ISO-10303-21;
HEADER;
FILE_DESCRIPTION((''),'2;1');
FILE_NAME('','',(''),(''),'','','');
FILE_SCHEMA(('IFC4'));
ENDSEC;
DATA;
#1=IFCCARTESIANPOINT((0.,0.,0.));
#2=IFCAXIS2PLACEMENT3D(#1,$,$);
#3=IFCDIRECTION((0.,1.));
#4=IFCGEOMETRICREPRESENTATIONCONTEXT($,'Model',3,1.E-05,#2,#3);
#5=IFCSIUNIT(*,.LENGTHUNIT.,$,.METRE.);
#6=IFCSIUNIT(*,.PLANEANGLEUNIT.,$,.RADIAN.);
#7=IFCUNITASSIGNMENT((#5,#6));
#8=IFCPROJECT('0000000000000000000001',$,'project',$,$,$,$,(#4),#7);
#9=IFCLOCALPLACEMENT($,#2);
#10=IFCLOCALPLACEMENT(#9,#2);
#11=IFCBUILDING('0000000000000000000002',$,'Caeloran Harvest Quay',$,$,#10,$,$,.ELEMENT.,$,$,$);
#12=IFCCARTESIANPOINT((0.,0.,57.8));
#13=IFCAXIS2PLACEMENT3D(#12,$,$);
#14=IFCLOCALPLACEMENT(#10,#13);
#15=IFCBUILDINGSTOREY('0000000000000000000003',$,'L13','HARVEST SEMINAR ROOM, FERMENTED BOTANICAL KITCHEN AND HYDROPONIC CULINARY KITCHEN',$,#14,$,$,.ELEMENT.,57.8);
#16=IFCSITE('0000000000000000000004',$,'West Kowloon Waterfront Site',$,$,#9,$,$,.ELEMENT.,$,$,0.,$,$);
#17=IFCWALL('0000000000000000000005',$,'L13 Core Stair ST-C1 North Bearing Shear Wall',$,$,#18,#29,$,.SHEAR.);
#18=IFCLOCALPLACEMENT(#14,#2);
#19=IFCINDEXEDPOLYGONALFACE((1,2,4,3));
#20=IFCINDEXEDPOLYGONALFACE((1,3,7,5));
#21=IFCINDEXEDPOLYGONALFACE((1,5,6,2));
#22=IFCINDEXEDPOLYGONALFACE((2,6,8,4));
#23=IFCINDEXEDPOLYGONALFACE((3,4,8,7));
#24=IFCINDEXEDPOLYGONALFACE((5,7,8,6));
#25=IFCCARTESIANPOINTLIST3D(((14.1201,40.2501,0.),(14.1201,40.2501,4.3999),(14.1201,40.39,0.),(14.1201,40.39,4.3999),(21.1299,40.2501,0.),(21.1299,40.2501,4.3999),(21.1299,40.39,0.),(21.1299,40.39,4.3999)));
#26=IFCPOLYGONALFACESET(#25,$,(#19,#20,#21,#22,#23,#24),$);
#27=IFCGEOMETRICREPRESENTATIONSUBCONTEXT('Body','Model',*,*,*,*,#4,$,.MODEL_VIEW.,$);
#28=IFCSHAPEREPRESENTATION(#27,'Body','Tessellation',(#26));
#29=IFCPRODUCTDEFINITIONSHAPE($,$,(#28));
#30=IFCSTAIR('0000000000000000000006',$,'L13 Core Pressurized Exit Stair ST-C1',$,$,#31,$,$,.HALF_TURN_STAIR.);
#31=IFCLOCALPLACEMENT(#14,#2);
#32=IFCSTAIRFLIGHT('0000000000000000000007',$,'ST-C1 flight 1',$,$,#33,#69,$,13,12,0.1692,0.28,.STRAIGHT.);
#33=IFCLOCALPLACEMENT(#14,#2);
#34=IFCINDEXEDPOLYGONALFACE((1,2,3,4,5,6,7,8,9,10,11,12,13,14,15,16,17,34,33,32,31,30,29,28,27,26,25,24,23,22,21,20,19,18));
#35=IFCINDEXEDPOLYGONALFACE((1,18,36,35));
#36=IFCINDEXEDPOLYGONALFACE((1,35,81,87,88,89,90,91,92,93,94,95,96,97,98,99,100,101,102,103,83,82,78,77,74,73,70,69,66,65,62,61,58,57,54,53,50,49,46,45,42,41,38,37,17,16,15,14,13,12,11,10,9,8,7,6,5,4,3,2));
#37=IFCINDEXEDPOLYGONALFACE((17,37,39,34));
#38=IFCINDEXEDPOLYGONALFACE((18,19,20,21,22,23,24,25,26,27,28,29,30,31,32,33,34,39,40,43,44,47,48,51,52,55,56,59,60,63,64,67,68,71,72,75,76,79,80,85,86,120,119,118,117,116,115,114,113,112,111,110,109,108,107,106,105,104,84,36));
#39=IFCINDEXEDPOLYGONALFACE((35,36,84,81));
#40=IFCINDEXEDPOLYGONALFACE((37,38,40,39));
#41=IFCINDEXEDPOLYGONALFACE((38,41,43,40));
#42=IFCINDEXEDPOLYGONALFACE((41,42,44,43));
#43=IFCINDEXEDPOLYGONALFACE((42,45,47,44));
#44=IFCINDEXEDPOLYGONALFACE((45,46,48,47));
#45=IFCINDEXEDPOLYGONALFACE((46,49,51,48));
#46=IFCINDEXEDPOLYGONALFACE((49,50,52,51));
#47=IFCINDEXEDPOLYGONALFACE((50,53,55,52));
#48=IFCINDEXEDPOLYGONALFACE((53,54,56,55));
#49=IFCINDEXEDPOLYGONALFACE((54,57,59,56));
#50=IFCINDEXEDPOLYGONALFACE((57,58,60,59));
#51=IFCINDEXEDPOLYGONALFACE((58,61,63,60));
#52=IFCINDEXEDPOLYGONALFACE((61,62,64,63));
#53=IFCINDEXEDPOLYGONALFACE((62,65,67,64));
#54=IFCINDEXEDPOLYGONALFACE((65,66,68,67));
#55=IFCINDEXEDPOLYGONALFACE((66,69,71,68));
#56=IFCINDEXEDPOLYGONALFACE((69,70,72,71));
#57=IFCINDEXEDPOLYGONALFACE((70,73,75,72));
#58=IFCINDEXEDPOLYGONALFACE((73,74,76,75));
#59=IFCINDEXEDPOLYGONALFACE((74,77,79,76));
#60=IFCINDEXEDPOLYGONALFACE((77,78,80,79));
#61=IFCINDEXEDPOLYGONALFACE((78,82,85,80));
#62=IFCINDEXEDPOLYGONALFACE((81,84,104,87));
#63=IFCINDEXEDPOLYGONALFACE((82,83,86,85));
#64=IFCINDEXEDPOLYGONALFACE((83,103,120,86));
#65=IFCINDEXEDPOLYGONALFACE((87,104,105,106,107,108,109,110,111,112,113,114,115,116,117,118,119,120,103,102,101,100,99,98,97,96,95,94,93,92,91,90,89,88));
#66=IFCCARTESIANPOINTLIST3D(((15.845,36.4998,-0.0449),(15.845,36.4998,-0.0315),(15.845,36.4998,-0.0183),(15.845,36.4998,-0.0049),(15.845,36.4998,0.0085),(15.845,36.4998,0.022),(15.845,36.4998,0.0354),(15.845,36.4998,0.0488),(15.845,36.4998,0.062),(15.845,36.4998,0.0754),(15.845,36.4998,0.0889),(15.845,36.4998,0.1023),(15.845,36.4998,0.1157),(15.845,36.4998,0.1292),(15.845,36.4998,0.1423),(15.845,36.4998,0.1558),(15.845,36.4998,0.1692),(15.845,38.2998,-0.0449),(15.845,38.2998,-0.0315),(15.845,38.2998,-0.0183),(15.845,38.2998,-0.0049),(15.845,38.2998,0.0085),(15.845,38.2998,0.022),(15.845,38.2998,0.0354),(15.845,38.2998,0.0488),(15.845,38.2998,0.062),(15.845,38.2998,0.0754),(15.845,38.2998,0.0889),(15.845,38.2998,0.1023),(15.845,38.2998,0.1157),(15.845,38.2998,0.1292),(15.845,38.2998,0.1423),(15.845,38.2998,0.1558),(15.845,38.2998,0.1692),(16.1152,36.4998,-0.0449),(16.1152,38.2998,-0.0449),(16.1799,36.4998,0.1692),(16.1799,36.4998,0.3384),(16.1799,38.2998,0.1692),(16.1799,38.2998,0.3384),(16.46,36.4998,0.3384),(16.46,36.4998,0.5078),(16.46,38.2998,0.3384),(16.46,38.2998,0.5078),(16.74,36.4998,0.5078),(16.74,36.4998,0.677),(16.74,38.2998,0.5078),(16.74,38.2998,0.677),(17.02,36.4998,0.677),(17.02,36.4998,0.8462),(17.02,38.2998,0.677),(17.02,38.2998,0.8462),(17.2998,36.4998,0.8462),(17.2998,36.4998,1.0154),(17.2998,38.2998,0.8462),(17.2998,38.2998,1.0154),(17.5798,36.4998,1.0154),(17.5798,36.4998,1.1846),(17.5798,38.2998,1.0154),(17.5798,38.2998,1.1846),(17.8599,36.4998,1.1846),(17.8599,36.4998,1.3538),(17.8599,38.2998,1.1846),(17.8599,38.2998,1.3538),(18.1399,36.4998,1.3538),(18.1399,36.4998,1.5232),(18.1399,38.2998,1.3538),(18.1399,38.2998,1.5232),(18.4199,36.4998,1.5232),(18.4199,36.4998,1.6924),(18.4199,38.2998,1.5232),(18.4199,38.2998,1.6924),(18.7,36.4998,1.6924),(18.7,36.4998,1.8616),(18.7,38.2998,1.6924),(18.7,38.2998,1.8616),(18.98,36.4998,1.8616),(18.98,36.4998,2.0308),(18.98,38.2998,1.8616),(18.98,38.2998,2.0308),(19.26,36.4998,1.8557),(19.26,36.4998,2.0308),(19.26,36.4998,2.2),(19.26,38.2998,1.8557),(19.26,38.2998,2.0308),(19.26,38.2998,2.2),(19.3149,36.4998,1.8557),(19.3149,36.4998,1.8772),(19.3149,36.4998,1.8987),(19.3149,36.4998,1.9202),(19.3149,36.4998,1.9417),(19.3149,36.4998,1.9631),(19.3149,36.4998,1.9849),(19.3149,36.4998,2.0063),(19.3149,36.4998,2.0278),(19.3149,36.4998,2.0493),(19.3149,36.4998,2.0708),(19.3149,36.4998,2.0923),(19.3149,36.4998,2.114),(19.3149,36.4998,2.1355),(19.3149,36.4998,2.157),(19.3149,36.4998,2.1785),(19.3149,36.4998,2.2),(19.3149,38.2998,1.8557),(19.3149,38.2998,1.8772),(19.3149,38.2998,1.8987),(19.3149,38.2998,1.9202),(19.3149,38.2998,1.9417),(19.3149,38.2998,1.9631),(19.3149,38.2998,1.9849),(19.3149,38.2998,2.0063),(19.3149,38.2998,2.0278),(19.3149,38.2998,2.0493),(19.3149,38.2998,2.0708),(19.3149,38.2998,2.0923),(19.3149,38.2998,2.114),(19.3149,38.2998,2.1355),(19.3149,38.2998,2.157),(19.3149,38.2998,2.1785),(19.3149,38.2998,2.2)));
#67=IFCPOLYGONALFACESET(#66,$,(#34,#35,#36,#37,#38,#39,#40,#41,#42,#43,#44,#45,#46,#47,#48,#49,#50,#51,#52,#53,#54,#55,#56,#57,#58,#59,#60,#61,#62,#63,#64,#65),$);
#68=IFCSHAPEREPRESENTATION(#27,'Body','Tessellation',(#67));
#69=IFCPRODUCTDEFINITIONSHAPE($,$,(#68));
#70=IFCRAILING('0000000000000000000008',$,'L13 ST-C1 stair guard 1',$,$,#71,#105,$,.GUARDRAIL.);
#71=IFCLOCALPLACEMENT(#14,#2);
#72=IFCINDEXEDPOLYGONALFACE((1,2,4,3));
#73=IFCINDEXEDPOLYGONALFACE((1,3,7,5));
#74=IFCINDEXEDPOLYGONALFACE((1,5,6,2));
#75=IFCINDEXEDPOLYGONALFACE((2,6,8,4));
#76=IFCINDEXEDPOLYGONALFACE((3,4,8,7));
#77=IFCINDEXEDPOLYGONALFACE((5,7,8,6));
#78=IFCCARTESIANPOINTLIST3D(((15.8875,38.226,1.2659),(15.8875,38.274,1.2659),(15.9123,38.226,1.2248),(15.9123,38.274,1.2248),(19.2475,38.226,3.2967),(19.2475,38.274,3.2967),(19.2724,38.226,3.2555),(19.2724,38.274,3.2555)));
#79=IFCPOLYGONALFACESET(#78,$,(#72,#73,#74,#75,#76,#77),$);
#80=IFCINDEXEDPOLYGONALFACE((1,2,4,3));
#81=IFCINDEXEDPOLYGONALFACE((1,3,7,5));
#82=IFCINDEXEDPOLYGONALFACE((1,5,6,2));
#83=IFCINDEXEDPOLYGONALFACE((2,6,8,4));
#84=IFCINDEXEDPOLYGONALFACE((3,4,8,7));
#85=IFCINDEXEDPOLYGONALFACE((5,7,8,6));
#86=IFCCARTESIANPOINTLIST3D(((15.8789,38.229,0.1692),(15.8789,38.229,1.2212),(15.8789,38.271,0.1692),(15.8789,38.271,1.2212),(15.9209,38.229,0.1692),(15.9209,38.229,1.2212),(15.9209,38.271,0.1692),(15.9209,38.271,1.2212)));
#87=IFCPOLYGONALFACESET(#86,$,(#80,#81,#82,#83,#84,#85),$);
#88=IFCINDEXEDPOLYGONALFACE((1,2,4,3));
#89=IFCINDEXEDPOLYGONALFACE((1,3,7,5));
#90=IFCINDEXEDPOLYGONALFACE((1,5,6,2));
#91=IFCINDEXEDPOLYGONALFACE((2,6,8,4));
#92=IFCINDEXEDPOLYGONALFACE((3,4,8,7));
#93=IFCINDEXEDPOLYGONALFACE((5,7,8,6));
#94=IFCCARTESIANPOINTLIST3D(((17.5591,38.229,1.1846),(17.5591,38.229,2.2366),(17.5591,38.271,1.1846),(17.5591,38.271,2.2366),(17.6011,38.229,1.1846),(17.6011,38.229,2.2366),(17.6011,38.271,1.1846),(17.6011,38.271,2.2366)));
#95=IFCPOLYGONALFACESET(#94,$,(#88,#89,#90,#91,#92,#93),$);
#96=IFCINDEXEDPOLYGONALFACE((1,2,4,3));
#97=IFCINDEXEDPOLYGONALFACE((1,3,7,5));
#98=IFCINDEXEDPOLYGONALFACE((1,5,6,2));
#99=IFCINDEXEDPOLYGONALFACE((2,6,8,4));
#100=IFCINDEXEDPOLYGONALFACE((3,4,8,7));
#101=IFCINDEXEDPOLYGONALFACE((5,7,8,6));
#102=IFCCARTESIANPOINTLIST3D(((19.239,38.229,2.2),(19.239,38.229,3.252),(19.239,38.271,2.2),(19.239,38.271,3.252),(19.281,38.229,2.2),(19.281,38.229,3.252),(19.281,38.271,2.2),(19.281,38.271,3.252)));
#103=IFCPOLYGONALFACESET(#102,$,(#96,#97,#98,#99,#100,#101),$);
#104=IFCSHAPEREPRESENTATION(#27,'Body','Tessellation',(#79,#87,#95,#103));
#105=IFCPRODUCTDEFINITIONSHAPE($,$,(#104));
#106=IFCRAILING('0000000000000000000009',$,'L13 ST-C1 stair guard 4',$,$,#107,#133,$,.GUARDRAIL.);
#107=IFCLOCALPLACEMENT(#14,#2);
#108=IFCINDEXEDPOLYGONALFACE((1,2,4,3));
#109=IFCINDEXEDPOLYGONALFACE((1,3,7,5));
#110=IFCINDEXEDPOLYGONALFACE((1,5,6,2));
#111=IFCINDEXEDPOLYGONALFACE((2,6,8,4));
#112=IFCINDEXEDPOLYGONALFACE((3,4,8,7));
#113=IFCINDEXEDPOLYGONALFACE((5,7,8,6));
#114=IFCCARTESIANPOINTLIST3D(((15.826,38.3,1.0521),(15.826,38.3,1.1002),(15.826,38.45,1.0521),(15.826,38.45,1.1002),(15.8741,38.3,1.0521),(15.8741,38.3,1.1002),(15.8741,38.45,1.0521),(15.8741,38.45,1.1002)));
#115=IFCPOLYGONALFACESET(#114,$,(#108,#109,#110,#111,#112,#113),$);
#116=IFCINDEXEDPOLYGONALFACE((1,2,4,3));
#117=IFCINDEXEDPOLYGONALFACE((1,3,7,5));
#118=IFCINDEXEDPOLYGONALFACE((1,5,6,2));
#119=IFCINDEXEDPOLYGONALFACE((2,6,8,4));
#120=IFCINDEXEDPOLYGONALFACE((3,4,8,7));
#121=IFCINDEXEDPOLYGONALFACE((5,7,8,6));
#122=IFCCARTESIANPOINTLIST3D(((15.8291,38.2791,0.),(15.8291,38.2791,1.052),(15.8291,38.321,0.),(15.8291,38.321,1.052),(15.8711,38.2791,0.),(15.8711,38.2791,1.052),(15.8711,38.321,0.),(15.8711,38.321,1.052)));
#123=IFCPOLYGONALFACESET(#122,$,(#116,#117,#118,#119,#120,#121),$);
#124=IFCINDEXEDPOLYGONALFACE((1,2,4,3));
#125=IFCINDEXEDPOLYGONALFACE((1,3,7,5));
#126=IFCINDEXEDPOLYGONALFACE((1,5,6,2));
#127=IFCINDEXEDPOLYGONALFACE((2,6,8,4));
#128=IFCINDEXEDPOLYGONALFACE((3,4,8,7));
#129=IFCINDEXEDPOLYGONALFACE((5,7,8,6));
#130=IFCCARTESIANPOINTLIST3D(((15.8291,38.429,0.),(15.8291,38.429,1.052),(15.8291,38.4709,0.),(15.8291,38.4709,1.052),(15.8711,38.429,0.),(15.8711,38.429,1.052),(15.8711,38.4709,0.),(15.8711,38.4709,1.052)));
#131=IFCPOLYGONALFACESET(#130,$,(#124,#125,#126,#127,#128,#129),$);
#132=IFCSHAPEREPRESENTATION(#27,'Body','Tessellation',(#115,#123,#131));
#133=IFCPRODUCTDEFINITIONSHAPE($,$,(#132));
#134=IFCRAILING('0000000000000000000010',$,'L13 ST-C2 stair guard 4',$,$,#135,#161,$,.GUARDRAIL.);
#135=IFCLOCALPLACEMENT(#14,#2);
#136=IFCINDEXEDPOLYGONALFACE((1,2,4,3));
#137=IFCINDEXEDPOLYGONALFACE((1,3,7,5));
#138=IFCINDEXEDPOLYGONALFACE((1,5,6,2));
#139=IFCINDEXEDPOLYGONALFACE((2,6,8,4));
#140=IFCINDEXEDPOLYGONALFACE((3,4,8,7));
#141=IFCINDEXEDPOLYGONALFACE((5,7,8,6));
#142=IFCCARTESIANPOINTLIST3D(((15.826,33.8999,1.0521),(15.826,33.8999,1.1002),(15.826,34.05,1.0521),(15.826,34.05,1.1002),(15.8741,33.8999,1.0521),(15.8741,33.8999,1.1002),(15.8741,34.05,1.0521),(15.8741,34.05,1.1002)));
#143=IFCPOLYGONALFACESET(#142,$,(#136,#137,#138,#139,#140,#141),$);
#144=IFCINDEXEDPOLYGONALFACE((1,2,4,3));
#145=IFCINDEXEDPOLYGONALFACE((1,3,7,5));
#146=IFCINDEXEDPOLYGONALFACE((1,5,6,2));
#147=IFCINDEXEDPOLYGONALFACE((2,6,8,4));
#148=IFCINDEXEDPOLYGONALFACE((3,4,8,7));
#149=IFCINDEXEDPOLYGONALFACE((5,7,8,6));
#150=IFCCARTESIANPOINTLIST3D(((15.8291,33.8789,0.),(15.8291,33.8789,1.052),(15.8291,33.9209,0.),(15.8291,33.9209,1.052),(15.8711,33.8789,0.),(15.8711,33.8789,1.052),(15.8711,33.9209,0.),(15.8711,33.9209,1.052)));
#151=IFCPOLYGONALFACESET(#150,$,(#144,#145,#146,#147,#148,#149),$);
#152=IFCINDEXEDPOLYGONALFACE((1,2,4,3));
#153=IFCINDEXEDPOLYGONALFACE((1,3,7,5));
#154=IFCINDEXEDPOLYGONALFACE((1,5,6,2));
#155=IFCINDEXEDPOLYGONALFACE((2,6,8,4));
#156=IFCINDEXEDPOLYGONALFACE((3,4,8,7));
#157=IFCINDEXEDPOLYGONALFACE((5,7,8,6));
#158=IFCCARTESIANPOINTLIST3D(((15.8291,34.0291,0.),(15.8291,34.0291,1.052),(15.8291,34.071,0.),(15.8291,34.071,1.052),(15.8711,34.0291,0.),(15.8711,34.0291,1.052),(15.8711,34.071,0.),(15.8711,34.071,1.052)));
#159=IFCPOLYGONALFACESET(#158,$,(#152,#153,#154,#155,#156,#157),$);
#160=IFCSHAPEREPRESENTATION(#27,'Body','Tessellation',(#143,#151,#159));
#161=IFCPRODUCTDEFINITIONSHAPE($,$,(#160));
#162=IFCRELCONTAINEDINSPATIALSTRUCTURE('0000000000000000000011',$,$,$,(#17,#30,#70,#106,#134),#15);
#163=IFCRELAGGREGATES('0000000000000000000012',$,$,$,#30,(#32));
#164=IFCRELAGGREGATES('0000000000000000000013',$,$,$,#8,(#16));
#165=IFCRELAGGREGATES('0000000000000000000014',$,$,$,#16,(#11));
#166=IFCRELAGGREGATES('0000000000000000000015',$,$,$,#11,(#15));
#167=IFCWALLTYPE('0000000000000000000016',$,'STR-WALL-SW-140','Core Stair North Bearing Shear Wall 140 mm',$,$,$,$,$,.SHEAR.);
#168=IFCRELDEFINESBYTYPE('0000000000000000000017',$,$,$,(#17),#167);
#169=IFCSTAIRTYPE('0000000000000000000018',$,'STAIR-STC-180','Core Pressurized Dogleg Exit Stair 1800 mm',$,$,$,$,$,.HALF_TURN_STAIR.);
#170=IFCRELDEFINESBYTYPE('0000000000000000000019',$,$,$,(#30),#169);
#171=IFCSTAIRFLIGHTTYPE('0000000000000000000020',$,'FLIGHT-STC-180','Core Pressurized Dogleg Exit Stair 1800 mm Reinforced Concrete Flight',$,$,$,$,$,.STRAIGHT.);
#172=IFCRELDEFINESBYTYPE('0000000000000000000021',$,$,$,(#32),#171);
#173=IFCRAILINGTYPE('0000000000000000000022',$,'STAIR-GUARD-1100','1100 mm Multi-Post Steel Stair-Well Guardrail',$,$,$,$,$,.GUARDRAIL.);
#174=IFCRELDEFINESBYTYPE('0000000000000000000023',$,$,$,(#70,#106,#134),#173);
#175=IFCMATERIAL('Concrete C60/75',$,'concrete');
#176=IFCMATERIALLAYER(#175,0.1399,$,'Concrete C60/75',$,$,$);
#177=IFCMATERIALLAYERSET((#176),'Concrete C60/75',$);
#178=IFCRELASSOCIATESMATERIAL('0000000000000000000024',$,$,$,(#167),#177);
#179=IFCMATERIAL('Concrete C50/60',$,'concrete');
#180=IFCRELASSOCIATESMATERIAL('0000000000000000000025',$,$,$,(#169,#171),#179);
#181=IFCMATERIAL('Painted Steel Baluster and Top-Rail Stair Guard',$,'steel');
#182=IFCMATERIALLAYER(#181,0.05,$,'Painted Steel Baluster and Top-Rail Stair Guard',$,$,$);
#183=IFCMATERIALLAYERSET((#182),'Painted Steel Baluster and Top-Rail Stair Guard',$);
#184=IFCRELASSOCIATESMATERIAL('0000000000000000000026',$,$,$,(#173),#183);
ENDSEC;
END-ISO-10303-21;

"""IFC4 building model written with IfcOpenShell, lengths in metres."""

from ifc_helpers import new_model, si_unit, direction, frame, frame_2d, origin, origin_2d, place, context, subcontext, project, spatial, polyline, rectangle, outline, extrude, material, layer, layer_set, type_object, element, aggregate, save


model = new_model("IFC4")

# Units and contexts
model_context = context("Model", 3, precision=1e-05, world=origin(), true_north=direction((0.0, 1.0)))
body_context = subcontext(model_context, "Body", "Model", "MODEL_VIEW")
ifc_project = project(units=[si_unit("LENGTHUNIT", "METRE"), si_unit("PLANEANGLEUNIT", "RADIAN")], contexts=[model_context])

# Site, building, storey
site_placement = place(None, origin())
site = spatial("IfcSite", under=ifc_project, at=site_placement, Name="West Kowloon Waterfront Site", CompositionType="ELEMENT", RefElevation=0.0)
building_placement = place(site_placement, origin())
building = spatial("IfcBuilding", under=site, at=building_placement, Name="Caeloran Harvest Quay", CompositionType="ELEMENT")
storey_placement = place(building_placement, frame((0.0, 0.0, 57.8)))
storey = spatial("IfcBuildingStorey", under=building, at=storey_placement, Name="L13", Description="HARVEST SEMINAR ROOM, FERMENTED BOTANICAL KITCHEN AND HYDROPONIC CULINARY KITCHEN", CompositionType="ELEMENT", Elevation=57.8)

# Shared definitions
ifc_material_1 = material(Name="Concrete C50/60", Category="concrete")

# Wall
ifc_material_2 = material(Name="Concrete C60/75", Category="concrete")
ifc_layer_1 = layer(ifc_material_2, 0.1399, Name="Concrete C60/75")
ifc_layer_set_1 = layer_set([ifc_layer_1], Name="Concrete C60/75")
wall_type_1 = type_object("IfcWallType", Name="STR-WALL-SW-140", Description="Core Stair North Bearing Shear Wall 140 mm", PredefinedType="SHEAR", material=ifc_layer_set_1)
wall_1_placement = place(storey_placement, frame((14.1201, 40.3201, 0.0), z_axis=(0.0, 0.0, 1.0), x_axis=(1.0, 0.0, 0.0)))
element("IfcWall", 1, at=wall_1_placement, inside=storey, type_object=wall_type_1, Name="L13 Core Stair ST-C1 North Bearing Shear Wall", PredefinedType="SHEAR", context=body_context, shape_type="SweptSolid", body=[
    extrude(rectangle(XDim=7.0098, YDim=0.1399, at=frame_2d((3.5049, 0.0))), origin(), (0.0, 0.0, 1.0), 4.3999),
])

# Stair, stair flight
stair_type = type_object("IfcStairType", Name="STAIR-STC-180", Description="Core Pressurized Dogleg Exit Stair 1800 mm", PredefinedType="HALF_TURN_STAIR", material=ifc_material_1)
stair_placement = place(storey_placement, origin())
stair = element("IfcStair", 2, at=stair_placement, inside=storey, type_object=stair_type, Name="L13 Core Pressurized Exit Stair ST-C1", PredefinedType="HALF_TURN_STAIR")
stair_flight_type = type_object("IfcStairFlightType", Name="FLIGHT-STC-180", Description="Core Pressurized Dogleg Exit Stair 1800 mm Reinforced Concrete Flight", PredefinedType="STRAIGHT", material=ifc_material_1)
stair_flight_placement = place(storey_placement, frame((15.8999, 37.3999, 0.0), z_axis=(0.0, 0.0, 1.0), x_axis=(1.0, 0.0, 0.0)))
stair_flight = element("IfcStairFlight", 3, at=stair_flight_placement, type_object=stair_flight_type, Name="ST-C1 flight 1", NumberOfRisers=13, NumberOfTreads=12, PredefinedType="STRAIGHT", RiserHeight=0.1692, TreadLength=0.28, context=body_context, shape_type="SweptSolid", body=[
    extrude(outline(polyline([(-0.0549, -0.0449), (-0.0549, -0.0315), (-0.0549, -0.0183), (-0.0549, -0.0049), (-0.0549, 0.0085), (-0.0549, 0.022), (-0.0549, 0.0354), (-0.0549, 0.0488), (-0.0549, 0.062), (-0.0549, 0.0754), (-0.0549, 0.0889), (-0.0549, 0.1023), (-0.0549, 0.1157), (-0.0549, 0.1292), (-0.0549, 0.1423), (-0.0549, 0.1558), (-0.0549, 0.1692), (0.28, 0.1692), (0.28, 0.3384), (0.5601, 0.3384), (0.5601, 0.5078), (0.8401, 0.5078), (0.8401, 0.677), (1.1201, 0.677), (1.1201, 0.8462), (1.3999, 0.8462), (1.3999, 1.0154), (1.6799, 1.0154), (1.6799, 1.1846), (1.96, 1.1846), (1.96, 1.3538), (2.24, 1.3538), (2.24, 1.5232), (2.52, 1.5232), (2.52, 1.6924), (2.8, 1.6924), (2.8, 1.8616), (3.0801, 1.8616), (3.0801, 2.0308), (3.3601, 2.0308), (3.3601, 2.2), (3.415, 2.2), (3.415, 2.1785), (3.415, 2.157), (3.415, 2.1355), (3.415, 2.114), (3.415, 2.0923), (3.415, 2.0708), (3.415, 2.0493), (3.415, 2.0278), (3.415, 2.0063), (3.415, 1.9849), (3.415, 1.9631), (3.415, 1.9417), (3.415, 1.9202), (3.415, 1.8987), (3.415, 1.8772), (3.415, 1.8557), (3.3601, 1.8557), (0.2153, -0.0449), (-0.0549, -0.0449)])), frame((0.0, 0.8999, 0.0), z_axis=(0.0, -1.0, 0.0), x_axis=(1.0, 0.0, 0.0)), (0.0, 0.0, 1.0), 1.8),
])
aggregate(stair, [stair_flight])

# Railings
ifc_material_3 = material(Name="Painted Steel Baluster and Top-Rail Stair Guard", Category="steel")
ifc_layer_2 = layer(ifc_material_3, 0.05, Name="Painted Steel Baluster and Top-Rail Stair Guard")
ifc_layer_set_2 = layer_set([ifc_layer_2], Name="Painted Steel Baluster and Top-Rail Stair Guard")
railing_type_1 = type_object("IfcRailingType", Name="STAIR-GUARD-1100", Description="1100 mm Multi-Post Steel Stair-Well Guardrail", PredefinedType="GUARDRAIL", material=ifc_layer_set_2)
railing_1_placement = place(storey_placement, frame((15.8999, 38.25, 0.1692)))
element("IfcRailing", 4, at=railing_1_placement, inside=storey, type_object=railing_type_1, Name="L13 ST-C1 stair guard 1", PredefinedType="GUARDRAIL", context=body_context, shape_type="SweptSolid", body=[
    extrude(rectangle(XDim=0.0481, YDim=0.0481, at=origin_2d()), frame((0.0, 0.0, 1.0762), z_axis=(0.855837, 0.0, 0.517246), x_axis=(0.0, 1.0, 0.0)), (0.0, 0.0, 1.0), 3.926),
    extrude(rectangle(XDim=0.042, YDim=0.042, at=origin_2d()), origin(), (0.0, 0.0, 1.0), 1.052),
    extrude(rectangle(XDim=0.042, YDim=0.042, at=origin_2d()), frame((1.6802, 0.0, 1.0154)), (0.0, 0.0, 1.0), 1.052),
    extrude(rectangle(XDim=0.042, YDim=0.042, at=origin_2d()), frame((3.3601, 0.0, 2.0308)), (0.0, 0.0, 1.0), 1.052),
])
railing_2_placement = place(storey_placement, frame((15.8501, 38.3, 0.0)))
element("IfcRailing", 5, at=railing_2_placement, inside=storey, type_object=railing_type_1, Name="L13 ST-C1 stair guard 4", PredefinedType="GUARDRAIL", context=body_context, shape_type="SweptSolid", body=[
    extrude(rectangle(XDim=0.0481, YDim=0.0481, at=origin_2d()), frame((0.0, 0.0, 1.0762), z_axis=(0.0, 1.0, 0.0), x_axis=(-1.0, 0.0, 0.0)), (0.0, 0.0, 1.0), 0.1499),
    extrude(rectangle(XDim=0.042, YDim=0.042, at=origin_2d()), origin(), (0.0, 0.0, 1.0), 1.052),
    extrude(rectangle(XDim=0.042, YDim=0.042, at=origin_2d()), frame((0.0, 0.1499, 0.0)), (0.0, 0.0, 1.0), 1.052),
])
railing_3_placement = place(storey_placement, frame((15.8501, 33.8999, 0.0)))
element("IfcRailing", 6, at=railing_3_placement, inside=storey, type_object=railing_type_1, Name="L13 ST-C2 stair guard 4", PredefinedType="GUARDRAIL", context=body_context, shape_type="SweptSolid", body=[
    extrude(rectangle(XDim=0.0481, YDim=0.0481, at=origin_2d()), frame((0.0, 0.0, 1.0762), z_axis=(0.0, 1.0, 0.0), x_axis=(-1.0, 0.0, 0.0)), (0.0, 0.0, 1.0), 0.1501),
    extrude(rectangle(XDim=0.042, YDim=0.042, at=origin_2d()), origin(), (0.0, 0.0, 1.0), 1.052),
    extrude(rectangle(XDim=0.042, YDim=0.042, at=origin_2d()), frame((0.0, 0.1501, 0.0)), (0.0, 0.0, 1.0), 1.052),
])

save(model, "model.ifc")
